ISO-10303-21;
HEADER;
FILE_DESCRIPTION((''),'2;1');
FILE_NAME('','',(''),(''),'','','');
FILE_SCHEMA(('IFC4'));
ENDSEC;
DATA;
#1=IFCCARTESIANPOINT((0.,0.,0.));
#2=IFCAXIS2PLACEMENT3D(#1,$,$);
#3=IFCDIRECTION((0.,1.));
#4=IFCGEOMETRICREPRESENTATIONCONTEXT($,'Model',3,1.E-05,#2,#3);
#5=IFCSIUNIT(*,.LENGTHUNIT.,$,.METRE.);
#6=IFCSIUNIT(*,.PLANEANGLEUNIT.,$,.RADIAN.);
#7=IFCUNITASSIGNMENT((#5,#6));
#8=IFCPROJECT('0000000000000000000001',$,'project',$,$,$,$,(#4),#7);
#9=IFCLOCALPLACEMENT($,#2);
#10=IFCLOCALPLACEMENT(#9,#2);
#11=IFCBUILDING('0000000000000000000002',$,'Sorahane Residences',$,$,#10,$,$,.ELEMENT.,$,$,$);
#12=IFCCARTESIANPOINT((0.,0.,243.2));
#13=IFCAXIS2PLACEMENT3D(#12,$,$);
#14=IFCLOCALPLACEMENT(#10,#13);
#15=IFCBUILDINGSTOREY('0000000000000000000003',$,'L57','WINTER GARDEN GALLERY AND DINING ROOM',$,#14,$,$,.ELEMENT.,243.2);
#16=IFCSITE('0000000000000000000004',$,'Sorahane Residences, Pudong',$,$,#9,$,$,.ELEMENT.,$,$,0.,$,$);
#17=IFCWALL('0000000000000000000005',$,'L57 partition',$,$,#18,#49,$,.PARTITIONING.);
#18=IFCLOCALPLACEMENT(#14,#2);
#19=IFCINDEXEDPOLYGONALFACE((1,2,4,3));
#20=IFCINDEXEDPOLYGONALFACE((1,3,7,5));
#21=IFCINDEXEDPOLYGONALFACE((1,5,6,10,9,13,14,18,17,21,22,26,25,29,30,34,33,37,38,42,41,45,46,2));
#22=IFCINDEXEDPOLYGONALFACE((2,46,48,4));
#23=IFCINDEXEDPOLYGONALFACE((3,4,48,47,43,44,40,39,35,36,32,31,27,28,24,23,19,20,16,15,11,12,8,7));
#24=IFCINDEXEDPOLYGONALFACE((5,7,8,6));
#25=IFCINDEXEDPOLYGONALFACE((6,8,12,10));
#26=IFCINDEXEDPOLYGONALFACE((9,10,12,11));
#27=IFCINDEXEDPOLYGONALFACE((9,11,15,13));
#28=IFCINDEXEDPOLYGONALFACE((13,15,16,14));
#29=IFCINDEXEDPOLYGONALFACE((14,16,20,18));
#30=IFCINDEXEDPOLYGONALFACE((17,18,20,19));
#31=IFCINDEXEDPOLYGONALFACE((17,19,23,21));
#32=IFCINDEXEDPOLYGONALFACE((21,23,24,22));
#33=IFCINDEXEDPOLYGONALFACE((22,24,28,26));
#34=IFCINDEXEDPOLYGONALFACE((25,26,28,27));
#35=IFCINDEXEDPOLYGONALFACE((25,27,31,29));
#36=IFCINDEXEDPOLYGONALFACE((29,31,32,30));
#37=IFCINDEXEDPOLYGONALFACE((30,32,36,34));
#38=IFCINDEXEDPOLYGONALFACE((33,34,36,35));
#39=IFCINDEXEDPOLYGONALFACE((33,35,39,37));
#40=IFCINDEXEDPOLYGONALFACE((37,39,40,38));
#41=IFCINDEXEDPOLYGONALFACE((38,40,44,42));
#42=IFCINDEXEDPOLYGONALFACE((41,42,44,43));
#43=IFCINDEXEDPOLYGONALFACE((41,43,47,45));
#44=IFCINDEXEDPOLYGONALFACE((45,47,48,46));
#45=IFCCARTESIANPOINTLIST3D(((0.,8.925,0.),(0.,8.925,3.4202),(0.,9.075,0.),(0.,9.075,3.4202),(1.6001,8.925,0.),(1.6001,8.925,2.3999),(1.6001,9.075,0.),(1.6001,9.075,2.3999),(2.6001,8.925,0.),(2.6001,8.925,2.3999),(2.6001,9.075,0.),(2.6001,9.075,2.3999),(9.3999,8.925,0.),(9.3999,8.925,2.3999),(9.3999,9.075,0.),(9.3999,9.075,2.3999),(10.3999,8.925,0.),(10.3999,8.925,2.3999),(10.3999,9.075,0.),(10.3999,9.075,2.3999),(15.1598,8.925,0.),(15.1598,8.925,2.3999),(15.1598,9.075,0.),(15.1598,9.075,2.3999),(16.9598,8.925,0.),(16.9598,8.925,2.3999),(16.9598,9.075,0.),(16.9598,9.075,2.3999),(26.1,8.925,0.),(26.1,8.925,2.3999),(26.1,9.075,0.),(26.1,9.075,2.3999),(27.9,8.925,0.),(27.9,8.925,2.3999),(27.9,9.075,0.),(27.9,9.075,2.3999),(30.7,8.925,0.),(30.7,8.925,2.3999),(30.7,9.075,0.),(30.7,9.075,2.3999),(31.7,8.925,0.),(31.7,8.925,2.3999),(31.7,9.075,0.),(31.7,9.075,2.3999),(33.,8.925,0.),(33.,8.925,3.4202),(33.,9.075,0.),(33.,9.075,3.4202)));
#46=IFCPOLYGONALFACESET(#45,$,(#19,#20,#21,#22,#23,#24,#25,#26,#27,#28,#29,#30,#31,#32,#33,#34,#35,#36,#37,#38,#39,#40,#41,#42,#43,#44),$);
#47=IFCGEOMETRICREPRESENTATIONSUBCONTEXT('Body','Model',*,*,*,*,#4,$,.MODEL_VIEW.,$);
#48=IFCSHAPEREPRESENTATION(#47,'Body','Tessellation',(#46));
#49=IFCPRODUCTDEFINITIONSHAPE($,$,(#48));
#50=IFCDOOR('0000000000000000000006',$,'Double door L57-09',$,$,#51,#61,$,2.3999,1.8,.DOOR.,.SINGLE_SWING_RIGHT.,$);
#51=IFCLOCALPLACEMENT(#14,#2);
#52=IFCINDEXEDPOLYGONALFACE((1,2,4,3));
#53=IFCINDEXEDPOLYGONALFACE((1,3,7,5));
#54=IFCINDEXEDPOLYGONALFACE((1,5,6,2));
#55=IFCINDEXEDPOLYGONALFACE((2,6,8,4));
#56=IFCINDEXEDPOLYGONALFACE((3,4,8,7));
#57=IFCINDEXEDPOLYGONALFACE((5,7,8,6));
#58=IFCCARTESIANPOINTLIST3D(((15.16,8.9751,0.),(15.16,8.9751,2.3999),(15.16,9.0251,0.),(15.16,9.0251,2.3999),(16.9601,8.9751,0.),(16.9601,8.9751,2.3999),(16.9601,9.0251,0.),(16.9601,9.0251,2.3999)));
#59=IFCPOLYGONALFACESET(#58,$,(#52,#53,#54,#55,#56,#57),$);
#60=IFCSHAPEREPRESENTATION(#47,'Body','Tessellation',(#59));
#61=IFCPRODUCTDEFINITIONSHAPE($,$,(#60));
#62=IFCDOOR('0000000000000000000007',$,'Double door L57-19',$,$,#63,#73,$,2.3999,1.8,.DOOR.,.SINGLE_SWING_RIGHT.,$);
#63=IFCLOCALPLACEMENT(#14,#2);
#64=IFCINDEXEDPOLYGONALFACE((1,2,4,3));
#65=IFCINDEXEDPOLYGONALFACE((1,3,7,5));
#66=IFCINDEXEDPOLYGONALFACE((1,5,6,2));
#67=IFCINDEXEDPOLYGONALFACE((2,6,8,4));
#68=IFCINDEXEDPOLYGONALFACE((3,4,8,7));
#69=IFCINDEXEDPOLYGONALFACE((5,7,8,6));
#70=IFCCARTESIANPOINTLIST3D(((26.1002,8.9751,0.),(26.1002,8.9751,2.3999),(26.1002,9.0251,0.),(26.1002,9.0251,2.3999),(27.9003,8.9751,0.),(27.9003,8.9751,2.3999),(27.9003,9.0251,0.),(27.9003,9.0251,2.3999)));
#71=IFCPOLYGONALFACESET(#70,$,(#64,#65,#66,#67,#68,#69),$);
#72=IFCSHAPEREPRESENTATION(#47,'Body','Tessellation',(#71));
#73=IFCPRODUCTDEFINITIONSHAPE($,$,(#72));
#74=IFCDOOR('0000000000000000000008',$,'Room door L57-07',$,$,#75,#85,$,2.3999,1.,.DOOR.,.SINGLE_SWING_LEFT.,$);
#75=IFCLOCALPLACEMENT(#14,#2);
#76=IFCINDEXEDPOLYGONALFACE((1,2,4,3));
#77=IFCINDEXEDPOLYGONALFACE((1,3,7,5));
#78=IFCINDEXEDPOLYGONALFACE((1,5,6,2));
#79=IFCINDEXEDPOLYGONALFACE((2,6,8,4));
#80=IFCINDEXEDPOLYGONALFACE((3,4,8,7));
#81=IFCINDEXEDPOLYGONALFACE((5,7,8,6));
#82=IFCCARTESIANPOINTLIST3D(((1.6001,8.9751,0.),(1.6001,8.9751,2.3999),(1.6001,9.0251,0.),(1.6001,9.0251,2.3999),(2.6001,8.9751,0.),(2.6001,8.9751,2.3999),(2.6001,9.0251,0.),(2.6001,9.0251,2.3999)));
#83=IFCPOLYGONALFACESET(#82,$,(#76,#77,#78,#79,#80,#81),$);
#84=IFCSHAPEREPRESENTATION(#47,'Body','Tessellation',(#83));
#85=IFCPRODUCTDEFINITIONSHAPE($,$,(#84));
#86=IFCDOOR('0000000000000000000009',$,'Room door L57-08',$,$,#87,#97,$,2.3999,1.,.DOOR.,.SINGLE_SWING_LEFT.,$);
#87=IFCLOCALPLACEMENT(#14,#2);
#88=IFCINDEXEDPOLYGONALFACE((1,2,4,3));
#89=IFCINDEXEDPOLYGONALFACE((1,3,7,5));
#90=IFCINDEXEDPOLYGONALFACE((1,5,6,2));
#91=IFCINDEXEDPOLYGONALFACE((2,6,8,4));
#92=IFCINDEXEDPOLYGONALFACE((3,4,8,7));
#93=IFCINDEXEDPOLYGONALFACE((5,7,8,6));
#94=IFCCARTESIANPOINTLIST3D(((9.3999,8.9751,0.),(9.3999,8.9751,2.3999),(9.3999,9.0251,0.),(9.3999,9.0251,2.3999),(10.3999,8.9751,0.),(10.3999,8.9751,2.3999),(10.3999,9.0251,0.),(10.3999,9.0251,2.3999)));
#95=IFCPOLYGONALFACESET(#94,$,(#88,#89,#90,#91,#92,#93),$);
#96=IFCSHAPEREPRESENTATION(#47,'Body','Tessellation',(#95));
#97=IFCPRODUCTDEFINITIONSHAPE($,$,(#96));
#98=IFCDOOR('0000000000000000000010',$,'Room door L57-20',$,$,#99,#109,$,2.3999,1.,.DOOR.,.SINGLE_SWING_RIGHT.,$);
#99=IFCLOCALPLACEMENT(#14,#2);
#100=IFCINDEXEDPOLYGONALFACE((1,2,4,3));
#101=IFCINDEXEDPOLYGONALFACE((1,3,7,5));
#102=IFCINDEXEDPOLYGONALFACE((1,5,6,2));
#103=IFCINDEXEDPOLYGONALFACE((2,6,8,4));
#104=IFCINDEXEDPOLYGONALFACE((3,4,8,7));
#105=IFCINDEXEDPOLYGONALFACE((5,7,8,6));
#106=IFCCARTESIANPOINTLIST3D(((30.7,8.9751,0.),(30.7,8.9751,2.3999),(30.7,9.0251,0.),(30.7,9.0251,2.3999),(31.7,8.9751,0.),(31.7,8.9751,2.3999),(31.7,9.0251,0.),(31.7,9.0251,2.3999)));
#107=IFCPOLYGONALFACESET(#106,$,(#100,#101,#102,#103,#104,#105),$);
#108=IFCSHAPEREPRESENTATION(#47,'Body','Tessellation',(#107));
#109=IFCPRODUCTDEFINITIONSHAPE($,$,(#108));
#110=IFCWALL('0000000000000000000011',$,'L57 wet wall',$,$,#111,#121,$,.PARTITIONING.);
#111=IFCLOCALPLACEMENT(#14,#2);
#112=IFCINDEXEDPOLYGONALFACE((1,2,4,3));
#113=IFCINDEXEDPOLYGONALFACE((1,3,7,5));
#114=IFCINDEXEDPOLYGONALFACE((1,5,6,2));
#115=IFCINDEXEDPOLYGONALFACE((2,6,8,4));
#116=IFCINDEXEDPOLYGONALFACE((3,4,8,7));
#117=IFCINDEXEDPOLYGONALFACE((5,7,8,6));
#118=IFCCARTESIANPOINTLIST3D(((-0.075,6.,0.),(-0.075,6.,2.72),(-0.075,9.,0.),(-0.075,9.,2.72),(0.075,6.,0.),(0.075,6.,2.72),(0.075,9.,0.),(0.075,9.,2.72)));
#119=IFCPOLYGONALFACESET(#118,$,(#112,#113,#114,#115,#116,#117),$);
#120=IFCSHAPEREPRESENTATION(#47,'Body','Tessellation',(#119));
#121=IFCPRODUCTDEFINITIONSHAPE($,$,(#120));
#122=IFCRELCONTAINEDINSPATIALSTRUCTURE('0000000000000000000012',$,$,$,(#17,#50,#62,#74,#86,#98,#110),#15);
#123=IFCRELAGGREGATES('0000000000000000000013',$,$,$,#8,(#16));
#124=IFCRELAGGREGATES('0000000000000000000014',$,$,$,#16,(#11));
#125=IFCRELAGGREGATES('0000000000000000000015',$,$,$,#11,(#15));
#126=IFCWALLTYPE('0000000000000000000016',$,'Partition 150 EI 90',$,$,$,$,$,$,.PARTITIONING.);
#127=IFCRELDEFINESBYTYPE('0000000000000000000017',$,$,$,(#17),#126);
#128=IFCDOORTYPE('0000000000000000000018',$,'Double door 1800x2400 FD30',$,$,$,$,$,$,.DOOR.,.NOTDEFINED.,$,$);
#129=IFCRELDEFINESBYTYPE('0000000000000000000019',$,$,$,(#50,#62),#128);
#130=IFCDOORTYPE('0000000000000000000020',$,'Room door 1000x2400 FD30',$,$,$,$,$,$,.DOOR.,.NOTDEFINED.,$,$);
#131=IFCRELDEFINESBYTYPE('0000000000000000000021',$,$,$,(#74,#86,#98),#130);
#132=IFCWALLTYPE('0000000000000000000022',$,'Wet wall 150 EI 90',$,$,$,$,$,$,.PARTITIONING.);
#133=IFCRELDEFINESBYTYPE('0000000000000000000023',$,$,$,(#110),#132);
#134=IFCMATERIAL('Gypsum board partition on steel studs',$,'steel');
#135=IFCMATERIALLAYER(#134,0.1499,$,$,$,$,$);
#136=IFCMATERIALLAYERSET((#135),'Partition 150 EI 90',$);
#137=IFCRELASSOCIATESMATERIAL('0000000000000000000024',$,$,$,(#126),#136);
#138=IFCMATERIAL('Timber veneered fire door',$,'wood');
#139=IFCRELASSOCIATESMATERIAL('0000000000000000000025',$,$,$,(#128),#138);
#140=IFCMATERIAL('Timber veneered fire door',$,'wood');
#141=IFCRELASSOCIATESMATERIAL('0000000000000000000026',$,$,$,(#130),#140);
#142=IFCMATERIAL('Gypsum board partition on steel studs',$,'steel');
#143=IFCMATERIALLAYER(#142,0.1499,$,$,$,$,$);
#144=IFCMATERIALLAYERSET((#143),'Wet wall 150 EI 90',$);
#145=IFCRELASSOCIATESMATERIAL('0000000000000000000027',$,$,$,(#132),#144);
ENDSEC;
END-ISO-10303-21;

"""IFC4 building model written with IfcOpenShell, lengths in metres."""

from ifc_helpers import new_model, si_unit, direction, frame, frame_2d, origin, place, context, subcontext, project, spatial, rectangle, extrude, material, layer, layer_set, type_object, element, fill, save


model = new_model("IFC4")

# Units and contexts
model_context = context("Model", 3, precision=1e-05, world=origin(), true_north=direction((0.0, 1.0)))
body_context = subcontext(model_context, "Body", "Model", "MODEL_VIEW")
ifc_project = project(units=[si_unit("LENGTHUNIT", "METRE"), si_unit("PLANEANGLEUNIT", "RADIAN")], contexts=[model_context])

# Site, building, storey
site_placement = place(None, origin())
site = spatial("IfcSite", under=ifc_project, at=site_placement, Name="Sorahane Residences, Pudong", CompositionType="ELEMENT", RefElevation=0.0)
building_placement = place(site_placement, origin())
building = spatial("IfcBuilding", under=site, at=building_placement, Name="Sorahane Residences", CompositionType="ELEMENT")
storey_placement = place(building_placement, frame((0.0, 0.0, 243.2)))
storey = spatial("IfcBuildingStorey", under=building, at=storey_placement, Name="L57", Description="WINTER GARDEN GALLERY AND DINING ROOM", CompositionType="ELEMENT", Elevation=243.2)

# Shared definitions
ifc_material_1 = material(Name="Gypsum board partition on steel studs", Category="steel")
ifc_layer_1 = layer(ifc_material_1, 0.1499)
ifc_layer_set_1 = layer_set([ifc_layer_1], Name="Partition 150 EI 90")
wall_type_1 = type_object("IfcWallType", Name="Partition 150 EI 90", PredefinedType="PARTITIONING", material=ifc_layer_set_1)

# Wall, openings, doors
wall_1_placement = place(storey_placement, frame((0.0, 9.0, 0.0), z_axis=(0.0, 0.0, 1.0), x_axis=(1.0, 0.0, 0.0)))
wall_1 = element("IfcWall", 1, at=wall_1_placement, inside=storey, type_object=wall_type_1, Name="L57 partition", PredefinedType="PARTITIONING", context=body_context, shape_type="SweptSolid", body=[
    extrude(rectangle(XDim=33.0, YDim=0.1499, at=frame_2d((16.5, 0.0))), origin(), (0.0, 0.0, 1.0), 3.4202),
])
opening_1_placement = place(wall_1_placement, frame((1.6001, 0.0, 0.0)))
opening_1 = element("IfcOpeningElement", 2, at=opening_1_placement, cuts=wall_1, PredefinedType="OPENING", context=body_context, shape_type="SweptSolid", body=[
    extrude(rectangle(XDim=1.0, YDim=2.3999, at=frame_2d((0.5, 1.2))), frame((0.0, 0.085, 0.0), z_axis=(0.0, -1.0, 0.0), x_axis=(1.0, 0.0, 0.0)), (0.0, 0.0, 1.0), 0.1699),
])
opening_2_placement = place(wall_1_placement, frame((9.3999, 0.0, 0.0)))
opening_2 = element("IfcOpeningElement", 3, at=opening_2_placement, cuts=wall_1, PredefinedType="OPENING", context=body_context, shape_type="SweptSolid", body=[
    extrude(rectangle(XDim=1.0, YDim=2.3999, at=frame_2d((0.5, 1.2))), frame((0.0, 0.085, 0.0), z_axis=(0.0, -1.0, 0.0), x_axis=(1.0, 0.0, 0.0)), (0.0, 0.0, 1.0), 0.1699),
])
opening_3_placement = place(wall_1_placement, frame((15.1599, 0.0, 0.0)))
opening_3 = element("IfcOpeningElement", 4, at=opening_3_placement, cuts=wall_1, PredefinedType="OPENING", context=body_context, shape_type="SweptSolid", body=[
    extrude(rectangle(XDim=1.8, YDim=2.3999, at=frame_2d((0.8999, 1.2))), frame((0.0, 0.085, 0.0), z_axis=(0.0, -1.0, 0.0), x_axis=(1.0, 0.0, 0.0)), (0.0, 0.0, 1.0), 0.1699),
])
opening_4_placement = place(wall_1_placement, frame((26.1001, 0.0, 0.0)))
opening_4 = element("IfcOpeningElement", 5, at=opening_4_placement, cuts=wall_1, PredefinedType="OPENING", context=body_context, shape_type="SweptSolid", body=[
    extrude(rectangle(XDim=1.8, YDim=2.3999, at=frame_2d((0.8999, 1.2))), frame((0.0, 0.085, 0.0), z_axis=(0.0, -1.0, 0.0), x_axis=(1.0, 0.0, 0.0)), (0.0, 0.0, 1.0), 0.1699),
])
opening_5_placement = place(wall_1_placement, frame((30.7, 0.0, 0.0)))
opening_5 = element("IfcOpeningElement", 6, at=opening_5_placement, cuts=wall_1, PredefinedType="OPENING", context=body_context, shape_type="SweptSolid", body=[
    extrude(rectangle(XDim=1.0, YDim=2.3999, at=frame_2d((0.5, 1.2))), frame((0.0, 0.085, 0.0), z_axis=(0.0, -1.0, 0.0), x_axis=(1.0, 0.0, 0.0)), (0.0, 0.0, 1.0), 0.1699),
])
ifc_material_2 = material(Name="Timber veneered fire door", Category="wood")
door_type_1 = type_object("IfcDoorType", Name="Double door 1800x2400 FD30", OperationType="NOTDEFINED", PredefinedType="DOOR", material=ifc_material_2)
door_1_placement = place(opening_3_placement, frame((1.8, 0.0, 0.0), z_axis=(0.0, 0.0, 1.0), x_axis=(-1.0, 0.0, 0.0)))
door_1 = element("IfcDoor", 7, at=door_1_placement, inside=storey, type_object=door_type_1, Name="Double door L57-09", OperationType="SINGLE_SWING_RIGHT", OverallHeight=2.3999, OverallWidth=1.8, PredefinedType="DOOR", context=body_context, shape_type="SweptSolid", body=[
    extrude(rectangle(XDim=1.8, YDim=2.3999, at=frame_2d((0.8999, 1.2))), frame((0.0, 0.0249, 0.0), z_axis=(0.0, -1.0, 0.0), x_axis=(1.0, 0.0, 0.0)), (0.0, 0.0, 1.0), 0.05),
])
fill(opening_3, door_1)
door_2_placement = place(opening_4_placement, frame((1.8, 0.0, 0.0), z_axis=(0.0, 0.0, 1.0), x_axis=(-1.0, 0.0, 0.0)))
door_2 = element("IfcDoor", 8, at=door_2_placement, inside=storey, type_object=door_type_1, Name="Double door L57-19", OperationType="SINGLE_SWING_RIGHT", OverallHeight=2.3999, OverallWidth=1.8, PredefinedType="DOOR", context=body_context, shape_type="SweptSolid", body=[
    extrude(rectangle(XDim=1.8, YDim=2.3999, at=frame_2d((0.8999, 1.2))), frame((0.0, 0.0249, 0.0), z_axis=(0.0, -1.0, 0.0), x_axis=(1.0, 0.0, 0.0)), (0.0, 0.0, 1.0), 0.05),
])
fill(opening_4, door_2)
ifc_material_3 = material(Name="Timber veneered fire door", Category="wood")
door_type_2 = type_object("IfcDoorType", Name="Room door 1000x2400 FD30", OperationType="NOTDEFINED", PredefinedType="DOOR", material=ifc_material_3)
door_3_placement = place(opening_1_placement, frame((1.0, 0.0, 0.0), z_axis=(0.0, 0.0, 1.0), x_axis=(-1.0, 0.0, 0.0)))
door_3 = element("IfcDoor", 9, at=door_3_placement, inside=storey, type_object=door_type_2, Name="Room door L57-07", OperationType="SINGLE_SWING_LEFT", OverallHeight=2.3999, OverallWidth=1.0, PredefinedType="DOOR", context=body_context, shape_type="SweptSolid", body=[
    extrude(rectangle(XDim=1.0, YDim=2.3999, at=frame_2d((0.5, 1.2))), frame((0.0, 0.0249, 0.0), z_axis=(0.0, -1.0, 0.0), x_axis=(1.0, 0.0, 0.0)), (0.0, 0.0, 1.0), 0.05),
])
fill(opening_1, door_3)
door_4_placement = place(opening_2_placement, frame((1.0, 0.0, 0.0), z_axis=(0.0, 0.0, 1.0), x_axis=(-1.0, 0.0, 0.0)))
door_4 = element("IfcDoor", 10, at=door_4_placement, inside=storey, type_object=door_type_2, Name="Room door L57-08", OperationType="SINGLE_SWING_LEFT", OverallHeight=2.3999, OverallWidth=1.0, PredefinedType="DOOR", context=body_context, shape_type="SweptSolid", body=[
    extrude(rectangle(XDim=1.0, YDim=2.3999, at=frame_2d((0.5, 1.2))), frame((0.0, 0.0249, 0.0), z_axis=(0.0, -1.0, 0.0), x_axis=(1.0, 0.0, 0.0)), (0.0, 0.0, 1.0), 0.05),
])
fill(opening_2, door_4)
door_5_placement = place(opening_5_placement, frame((1.0, 0.0, 0.0), z_axis=(0.0, 0.0, 1.0), x_axis=(-1.0, 0.0, 0.0)))
door_5 = element("IfcDoor", 11, at=door_5_placement, inside=storey, type_object=door_type_2, Name="Room door L57-20", OperationType="SINGLE_SWING_RIGHT", OverallHeight=2.3999, OverallWidth=1.0, PredefinedType="DOOR", context=body_context, shape_type="SweptSolid", body=[
    extrude(rectangle(XDim=1.0, YDim=2.3999, at=frame_2d((0.5, 1.2))), frame((0.0, 0.0249, 0.0), z_axis=(0.0, -1.0, 0.0), x_axis=(1.0, 0.0, 0.0)), (0.0, 0.0, 1.0), 0.05),
])
fill(opening_5, door_5)

# Wall
ifc_material_4 = material(Name="Gypsum board partition on steel studs", Category="steel")
ifc_layer_2 = layer(ifc_material_4, 0.1499)
ifc_layer_set_2 = layer_set([ifc_layer_2], Name="Wet wall 150 EI 90")
wall_type_2 = type_object("IfcWallType", Name="Wet wall 150 EI 90", PredefinedType="PARTITIONING", material=ifc_layer_set_2)
wall_2_placement = place(storey_placement, frame((0.0, 6.0, 0.0), z_axis=(0.0, 0.0, 1.0), x_axis=(0.0, 1.0, 0.0)))
element("IfcWall", 12, at=wall_2_placement, inside=storey, type_object=wall_type_2, Name="L57 wet wall", PredefinedType="PARTITIONING", context=body_context, shape_type="SweptSolid", body=[
    extrude(rectangle(XDim=3.0, YDim=0.1499, at=frame_2d((1.5, 0.0))), origin(), (0.0, 0.0, 1.0), 2.72),
])

save(model, "model.ifc")
